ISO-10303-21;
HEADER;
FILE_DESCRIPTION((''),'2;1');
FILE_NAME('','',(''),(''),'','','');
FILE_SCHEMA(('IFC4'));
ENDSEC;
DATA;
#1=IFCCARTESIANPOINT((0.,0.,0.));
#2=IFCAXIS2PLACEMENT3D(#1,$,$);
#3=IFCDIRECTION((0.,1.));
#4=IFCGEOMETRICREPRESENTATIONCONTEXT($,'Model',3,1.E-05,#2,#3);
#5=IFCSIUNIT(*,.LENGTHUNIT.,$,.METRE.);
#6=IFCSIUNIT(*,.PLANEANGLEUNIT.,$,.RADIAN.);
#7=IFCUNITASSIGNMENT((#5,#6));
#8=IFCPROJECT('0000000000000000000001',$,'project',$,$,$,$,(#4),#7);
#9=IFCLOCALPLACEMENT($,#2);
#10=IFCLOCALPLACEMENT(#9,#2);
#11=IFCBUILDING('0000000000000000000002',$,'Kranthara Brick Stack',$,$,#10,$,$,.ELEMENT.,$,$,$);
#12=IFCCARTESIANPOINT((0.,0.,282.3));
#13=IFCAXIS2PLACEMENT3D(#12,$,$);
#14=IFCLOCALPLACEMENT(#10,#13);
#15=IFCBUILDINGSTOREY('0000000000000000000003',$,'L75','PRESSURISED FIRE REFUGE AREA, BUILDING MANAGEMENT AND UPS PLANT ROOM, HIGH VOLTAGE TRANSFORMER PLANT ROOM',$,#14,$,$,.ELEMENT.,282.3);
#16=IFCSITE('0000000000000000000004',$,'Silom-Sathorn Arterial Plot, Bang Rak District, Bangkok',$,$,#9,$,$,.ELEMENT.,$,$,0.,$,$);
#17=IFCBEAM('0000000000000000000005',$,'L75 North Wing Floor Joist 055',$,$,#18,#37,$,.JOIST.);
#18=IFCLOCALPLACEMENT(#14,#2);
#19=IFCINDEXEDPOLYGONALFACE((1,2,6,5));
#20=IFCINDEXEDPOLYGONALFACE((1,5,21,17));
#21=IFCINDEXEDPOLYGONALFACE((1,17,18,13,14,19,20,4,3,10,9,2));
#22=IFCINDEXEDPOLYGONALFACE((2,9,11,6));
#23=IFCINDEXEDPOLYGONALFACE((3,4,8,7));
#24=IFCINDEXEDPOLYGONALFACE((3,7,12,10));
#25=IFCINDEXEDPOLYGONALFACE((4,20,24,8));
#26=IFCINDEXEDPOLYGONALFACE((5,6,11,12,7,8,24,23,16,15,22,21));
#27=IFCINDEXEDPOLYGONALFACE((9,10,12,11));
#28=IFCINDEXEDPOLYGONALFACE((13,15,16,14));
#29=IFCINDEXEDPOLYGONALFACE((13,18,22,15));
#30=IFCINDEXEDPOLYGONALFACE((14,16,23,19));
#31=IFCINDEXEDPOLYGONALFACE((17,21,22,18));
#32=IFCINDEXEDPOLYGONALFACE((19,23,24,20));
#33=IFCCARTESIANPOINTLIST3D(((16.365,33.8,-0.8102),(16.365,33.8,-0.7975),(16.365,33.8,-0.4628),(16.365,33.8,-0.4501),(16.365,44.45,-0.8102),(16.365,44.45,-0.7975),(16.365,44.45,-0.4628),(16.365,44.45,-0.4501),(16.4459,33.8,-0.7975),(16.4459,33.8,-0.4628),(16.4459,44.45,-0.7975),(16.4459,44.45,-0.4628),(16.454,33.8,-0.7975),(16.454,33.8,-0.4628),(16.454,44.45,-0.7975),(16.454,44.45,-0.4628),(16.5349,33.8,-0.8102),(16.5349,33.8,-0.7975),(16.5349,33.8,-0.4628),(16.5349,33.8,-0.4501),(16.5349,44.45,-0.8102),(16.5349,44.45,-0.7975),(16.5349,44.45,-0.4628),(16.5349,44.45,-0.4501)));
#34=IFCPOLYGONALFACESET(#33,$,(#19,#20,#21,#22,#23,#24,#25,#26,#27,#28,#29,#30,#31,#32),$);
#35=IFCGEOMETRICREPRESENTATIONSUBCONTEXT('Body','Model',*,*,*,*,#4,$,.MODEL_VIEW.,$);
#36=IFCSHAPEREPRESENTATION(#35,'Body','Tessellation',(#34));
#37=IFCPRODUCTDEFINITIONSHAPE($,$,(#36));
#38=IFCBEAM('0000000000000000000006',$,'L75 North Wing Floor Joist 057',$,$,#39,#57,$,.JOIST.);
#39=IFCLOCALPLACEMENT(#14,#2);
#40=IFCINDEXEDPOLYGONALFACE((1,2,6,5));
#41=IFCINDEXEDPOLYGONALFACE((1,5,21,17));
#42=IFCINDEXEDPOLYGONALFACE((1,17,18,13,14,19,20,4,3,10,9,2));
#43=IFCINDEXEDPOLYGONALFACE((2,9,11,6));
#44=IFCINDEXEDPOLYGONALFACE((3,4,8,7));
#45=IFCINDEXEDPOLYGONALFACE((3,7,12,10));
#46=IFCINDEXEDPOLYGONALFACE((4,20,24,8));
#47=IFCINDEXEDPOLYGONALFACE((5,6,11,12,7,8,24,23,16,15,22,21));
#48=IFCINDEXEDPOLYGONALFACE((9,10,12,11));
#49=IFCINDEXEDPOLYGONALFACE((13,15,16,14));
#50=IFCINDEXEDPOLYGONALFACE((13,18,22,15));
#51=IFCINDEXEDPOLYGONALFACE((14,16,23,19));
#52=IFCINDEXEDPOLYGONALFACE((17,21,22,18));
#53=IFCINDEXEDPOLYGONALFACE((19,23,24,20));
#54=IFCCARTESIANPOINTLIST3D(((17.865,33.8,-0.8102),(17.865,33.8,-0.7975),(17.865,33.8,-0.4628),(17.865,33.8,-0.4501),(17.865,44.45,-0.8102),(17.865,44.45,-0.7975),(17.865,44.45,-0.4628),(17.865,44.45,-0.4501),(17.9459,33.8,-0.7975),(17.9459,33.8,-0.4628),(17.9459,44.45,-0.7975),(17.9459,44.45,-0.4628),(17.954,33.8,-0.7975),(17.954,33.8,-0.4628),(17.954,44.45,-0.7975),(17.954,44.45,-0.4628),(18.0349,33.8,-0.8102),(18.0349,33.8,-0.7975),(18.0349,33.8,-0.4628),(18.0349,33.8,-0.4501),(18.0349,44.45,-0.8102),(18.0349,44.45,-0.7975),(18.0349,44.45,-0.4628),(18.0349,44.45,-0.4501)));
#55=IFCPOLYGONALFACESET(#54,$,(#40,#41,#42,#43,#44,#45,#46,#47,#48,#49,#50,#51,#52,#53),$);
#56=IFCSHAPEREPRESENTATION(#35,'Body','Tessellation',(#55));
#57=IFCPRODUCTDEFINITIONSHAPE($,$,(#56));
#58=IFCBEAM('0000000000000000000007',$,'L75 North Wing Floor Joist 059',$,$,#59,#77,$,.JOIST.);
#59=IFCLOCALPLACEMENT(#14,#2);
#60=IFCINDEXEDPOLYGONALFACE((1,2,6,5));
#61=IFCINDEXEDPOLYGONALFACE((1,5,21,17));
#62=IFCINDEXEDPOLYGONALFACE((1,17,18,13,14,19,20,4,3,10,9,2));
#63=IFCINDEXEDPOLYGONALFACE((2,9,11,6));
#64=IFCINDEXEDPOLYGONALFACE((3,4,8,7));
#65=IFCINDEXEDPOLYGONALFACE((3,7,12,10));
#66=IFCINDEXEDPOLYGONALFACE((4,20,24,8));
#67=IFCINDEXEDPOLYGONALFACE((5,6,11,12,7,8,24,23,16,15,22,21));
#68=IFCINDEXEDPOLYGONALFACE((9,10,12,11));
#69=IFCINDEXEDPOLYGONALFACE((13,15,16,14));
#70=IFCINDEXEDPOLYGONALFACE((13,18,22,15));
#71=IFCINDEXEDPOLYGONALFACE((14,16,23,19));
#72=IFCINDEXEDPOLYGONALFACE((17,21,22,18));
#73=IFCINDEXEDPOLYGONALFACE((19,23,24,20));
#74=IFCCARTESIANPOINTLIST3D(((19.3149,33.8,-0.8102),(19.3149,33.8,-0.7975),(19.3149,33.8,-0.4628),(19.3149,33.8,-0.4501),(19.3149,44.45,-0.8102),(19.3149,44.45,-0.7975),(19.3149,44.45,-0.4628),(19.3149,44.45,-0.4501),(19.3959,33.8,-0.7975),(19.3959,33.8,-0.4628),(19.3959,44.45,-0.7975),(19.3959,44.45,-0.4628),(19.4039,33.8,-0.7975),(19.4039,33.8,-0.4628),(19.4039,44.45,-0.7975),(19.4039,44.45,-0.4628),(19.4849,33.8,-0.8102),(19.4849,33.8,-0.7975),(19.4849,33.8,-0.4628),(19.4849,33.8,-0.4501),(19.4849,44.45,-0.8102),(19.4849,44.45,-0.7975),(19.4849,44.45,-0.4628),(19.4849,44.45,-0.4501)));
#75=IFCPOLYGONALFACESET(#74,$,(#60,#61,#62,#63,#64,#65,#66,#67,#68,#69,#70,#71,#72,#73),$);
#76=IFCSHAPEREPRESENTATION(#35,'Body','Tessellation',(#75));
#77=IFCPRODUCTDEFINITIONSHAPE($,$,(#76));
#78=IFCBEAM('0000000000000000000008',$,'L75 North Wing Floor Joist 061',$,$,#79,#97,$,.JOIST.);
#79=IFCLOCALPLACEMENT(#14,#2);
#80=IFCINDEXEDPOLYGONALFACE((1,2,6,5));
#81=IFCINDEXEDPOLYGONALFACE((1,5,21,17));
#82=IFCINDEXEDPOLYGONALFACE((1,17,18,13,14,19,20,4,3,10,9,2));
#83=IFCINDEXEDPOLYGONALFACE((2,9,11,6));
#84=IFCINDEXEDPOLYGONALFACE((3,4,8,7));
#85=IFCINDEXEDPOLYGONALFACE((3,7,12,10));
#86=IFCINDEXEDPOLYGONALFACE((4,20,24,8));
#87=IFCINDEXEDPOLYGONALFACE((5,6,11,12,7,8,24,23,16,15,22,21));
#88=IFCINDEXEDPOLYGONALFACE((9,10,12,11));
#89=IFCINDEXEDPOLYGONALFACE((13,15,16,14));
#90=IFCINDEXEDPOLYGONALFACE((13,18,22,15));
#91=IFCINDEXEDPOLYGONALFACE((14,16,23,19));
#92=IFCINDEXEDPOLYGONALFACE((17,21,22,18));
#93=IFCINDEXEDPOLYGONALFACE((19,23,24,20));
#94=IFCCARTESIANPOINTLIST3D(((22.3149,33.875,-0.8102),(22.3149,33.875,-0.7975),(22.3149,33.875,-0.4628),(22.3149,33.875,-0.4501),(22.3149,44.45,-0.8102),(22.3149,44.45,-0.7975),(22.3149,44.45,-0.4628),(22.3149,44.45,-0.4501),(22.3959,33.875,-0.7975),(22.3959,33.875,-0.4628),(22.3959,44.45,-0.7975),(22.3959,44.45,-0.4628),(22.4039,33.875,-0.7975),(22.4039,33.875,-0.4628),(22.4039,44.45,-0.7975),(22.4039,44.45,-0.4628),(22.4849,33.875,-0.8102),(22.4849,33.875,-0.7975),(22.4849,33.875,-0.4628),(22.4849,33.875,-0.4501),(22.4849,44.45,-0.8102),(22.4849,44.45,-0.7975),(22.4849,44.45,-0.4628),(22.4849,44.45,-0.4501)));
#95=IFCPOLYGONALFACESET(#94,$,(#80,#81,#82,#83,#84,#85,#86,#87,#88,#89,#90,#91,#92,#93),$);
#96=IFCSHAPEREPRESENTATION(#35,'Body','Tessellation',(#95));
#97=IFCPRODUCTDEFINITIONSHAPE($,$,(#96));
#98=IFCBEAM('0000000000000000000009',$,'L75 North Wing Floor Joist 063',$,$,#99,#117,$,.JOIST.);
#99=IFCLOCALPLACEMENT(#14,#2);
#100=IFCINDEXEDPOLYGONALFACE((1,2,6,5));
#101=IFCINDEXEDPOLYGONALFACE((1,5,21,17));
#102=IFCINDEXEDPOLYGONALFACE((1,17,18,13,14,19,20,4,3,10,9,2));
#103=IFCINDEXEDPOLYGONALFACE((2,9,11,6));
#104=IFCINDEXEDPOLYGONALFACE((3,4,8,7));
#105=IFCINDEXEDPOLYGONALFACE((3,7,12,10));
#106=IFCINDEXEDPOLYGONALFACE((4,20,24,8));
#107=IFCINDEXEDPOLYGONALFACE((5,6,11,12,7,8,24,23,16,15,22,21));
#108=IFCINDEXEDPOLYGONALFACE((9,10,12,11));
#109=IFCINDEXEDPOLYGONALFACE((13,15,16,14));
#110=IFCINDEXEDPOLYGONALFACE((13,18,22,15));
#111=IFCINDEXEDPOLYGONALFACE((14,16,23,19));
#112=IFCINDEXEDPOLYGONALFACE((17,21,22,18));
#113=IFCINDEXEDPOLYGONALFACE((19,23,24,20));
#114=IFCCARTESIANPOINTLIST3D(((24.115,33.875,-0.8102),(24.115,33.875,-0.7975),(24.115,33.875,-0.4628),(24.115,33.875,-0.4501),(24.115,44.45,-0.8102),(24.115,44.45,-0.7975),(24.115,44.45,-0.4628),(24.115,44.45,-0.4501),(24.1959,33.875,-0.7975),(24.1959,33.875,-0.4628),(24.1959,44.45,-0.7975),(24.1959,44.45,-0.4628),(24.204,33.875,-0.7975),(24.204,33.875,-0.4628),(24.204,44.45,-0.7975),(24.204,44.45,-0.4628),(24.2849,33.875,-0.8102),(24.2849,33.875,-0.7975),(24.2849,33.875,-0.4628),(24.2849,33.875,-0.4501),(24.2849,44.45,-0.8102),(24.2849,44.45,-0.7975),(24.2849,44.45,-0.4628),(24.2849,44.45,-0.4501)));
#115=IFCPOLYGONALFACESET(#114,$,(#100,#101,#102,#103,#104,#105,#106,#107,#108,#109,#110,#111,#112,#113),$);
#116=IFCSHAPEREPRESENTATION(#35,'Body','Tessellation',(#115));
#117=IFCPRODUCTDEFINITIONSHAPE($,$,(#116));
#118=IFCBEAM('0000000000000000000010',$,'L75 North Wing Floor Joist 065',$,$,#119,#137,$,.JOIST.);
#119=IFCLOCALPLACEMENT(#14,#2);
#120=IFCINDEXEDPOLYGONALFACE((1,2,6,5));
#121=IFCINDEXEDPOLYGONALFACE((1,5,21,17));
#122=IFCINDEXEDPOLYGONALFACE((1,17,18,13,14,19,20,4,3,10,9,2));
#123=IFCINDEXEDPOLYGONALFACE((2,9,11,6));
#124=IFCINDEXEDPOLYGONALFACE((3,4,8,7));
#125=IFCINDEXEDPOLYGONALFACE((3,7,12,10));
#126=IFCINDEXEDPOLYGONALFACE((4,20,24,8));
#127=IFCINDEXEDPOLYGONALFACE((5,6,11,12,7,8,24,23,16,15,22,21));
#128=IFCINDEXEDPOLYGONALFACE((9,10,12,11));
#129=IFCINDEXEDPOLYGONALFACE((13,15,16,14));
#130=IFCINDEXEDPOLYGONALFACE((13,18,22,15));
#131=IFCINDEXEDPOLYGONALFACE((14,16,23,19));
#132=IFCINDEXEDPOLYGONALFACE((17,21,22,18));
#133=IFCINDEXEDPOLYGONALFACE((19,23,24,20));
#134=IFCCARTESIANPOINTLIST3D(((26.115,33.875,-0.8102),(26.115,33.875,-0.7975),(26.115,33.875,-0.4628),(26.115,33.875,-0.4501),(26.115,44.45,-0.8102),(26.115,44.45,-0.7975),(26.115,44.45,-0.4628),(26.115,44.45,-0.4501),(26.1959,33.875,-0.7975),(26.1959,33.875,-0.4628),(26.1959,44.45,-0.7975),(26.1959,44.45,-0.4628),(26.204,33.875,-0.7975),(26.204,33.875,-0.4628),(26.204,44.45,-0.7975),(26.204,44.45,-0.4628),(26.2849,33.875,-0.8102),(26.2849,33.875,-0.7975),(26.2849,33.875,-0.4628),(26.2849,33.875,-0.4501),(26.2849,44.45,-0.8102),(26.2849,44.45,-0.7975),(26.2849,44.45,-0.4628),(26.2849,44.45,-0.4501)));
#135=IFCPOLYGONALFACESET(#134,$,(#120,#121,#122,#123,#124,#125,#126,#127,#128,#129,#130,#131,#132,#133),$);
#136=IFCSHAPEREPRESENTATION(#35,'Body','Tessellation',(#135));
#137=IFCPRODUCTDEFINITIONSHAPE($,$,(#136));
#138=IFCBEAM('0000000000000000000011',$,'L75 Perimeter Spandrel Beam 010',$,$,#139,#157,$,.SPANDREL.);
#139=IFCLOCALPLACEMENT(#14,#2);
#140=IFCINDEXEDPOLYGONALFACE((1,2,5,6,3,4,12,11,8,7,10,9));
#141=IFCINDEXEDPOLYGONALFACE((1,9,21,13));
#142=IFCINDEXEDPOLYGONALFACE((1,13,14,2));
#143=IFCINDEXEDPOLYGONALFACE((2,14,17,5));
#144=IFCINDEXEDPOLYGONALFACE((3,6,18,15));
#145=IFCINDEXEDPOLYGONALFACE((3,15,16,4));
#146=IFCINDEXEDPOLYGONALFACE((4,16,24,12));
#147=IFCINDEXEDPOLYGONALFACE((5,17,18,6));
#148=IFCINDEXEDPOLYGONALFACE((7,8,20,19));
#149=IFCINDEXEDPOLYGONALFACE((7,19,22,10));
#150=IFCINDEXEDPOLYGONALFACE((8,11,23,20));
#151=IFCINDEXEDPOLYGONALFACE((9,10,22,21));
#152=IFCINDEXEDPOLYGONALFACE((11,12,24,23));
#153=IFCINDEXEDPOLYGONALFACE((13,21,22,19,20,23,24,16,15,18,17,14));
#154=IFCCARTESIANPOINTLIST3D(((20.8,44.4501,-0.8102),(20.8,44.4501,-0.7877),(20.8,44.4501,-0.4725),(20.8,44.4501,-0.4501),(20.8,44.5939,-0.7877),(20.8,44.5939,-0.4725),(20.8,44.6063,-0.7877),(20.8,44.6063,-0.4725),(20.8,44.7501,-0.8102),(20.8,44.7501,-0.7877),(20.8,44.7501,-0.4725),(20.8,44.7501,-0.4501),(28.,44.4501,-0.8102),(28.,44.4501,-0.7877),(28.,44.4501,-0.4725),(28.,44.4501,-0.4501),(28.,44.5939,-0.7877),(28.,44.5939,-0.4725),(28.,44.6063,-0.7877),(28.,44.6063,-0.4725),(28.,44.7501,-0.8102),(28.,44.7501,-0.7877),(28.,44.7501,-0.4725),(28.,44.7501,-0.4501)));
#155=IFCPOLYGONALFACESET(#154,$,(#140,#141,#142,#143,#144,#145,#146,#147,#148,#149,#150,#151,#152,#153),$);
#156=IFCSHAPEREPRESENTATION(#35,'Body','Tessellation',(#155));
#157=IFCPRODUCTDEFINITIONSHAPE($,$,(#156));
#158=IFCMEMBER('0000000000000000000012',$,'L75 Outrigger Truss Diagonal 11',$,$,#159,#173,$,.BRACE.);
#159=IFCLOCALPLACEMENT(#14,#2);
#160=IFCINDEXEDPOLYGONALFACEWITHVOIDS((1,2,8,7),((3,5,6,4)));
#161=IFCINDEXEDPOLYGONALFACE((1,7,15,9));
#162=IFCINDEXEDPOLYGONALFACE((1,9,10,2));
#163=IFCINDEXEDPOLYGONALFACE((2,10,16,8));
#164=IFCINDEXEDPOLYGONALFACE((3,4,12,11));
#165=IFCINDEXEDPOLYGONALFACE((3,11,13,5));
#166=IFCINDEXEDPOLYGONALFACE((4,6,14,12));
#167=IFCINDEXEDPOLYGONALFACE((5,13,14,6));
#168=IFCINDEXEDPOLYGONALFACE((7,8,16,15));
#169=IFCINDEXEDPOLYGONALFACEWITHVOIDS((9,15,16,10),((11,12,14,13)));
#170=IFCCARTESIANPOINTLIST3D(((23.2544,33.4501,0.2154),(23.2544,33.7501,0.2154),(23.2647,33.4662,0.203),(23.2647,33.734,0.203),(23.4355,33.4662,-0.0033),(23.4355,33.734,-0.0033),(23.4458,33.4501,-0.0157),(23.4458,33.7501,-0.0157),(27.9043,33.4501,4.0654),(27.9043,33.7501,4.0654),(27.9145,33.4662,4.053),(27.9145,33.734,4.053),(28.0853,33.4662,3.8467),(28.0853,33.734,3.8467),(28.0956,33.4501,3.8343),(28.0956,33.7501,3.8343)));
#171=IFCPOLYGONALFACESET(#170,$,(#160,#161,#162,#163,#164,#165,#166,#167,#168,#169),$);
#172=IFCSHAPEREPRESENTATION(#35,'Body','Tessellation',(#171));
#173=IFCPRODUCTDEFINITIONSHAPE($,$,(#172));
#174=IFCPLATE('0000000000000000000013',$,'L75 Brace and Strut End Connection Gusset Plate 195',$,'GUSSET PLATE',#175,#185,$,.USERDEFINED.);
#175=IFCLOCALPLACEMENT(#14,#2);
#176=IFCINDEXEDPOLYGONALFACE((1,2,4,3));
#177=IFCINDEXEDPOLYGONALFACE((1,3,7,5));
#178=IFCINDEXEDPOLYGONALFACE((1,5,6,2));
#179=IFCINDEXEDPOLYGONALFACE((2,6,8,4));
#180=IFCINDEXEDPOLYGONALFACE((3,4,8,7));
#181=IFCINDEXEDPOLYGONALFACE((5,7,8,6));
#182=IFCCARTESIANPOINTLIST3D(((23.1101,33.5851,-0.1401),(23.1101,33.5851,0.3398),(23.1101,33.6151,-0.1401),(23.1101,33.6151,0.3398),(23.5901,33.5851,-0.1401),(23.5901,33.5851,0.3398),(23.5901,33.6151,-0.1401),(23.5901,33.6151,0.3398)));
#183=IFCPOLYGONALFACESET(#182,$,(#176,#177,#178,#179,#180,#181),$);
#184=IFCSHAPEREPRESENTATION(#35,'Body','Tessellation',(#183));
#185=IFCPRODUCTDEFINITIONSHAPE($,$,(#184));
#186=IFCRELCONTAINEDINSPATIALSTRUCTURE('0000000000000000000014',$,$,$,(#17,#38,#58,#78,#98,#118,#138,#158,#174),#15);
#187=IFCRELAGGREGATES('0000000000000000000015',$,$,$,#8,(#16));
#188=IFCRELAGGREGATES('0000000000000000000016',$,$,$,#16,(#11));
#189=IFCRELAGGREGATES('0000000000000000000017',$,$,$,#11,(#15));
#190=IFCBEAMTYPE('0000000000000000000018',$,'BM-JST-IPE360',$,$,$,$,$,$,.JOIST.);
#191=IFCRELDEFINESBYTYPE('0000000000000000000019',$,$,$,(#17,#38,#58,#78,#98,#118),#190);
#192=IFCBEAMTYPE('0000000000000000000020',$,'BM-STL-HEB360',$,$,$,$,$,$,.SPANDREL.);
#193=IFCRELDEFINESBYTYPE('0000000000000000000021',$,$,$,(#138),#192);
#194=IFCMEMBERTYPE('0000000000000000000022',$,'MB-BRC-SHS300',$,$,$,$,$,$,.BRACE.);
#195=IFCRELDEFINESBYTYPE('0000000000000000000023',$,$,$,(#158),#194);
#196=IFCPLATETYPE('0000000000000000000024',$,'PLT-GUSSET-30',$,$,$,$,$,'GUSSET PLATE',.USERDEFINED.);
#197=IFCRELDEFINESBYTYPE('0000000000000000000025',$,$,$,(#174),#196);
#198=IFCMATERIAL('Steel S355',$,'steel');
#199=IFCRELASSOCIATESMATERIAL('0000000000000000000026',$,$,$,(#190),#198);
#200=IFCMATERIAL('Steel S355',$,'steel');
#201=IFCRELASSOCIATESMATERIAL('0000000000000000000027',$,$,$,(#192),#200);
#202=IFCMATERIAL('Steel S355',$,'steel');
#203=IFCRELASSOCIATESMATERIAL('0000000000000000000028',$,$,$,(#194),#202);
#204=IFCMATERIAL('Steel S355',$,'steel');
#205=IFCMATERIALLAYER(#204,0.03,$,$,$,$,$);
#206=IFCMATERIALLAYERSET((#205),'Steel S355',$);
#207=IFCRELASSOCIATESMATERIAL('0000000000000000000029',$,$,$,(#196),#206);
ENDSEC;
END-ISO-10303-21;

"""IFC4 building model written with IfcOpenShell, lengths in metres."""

from ifc_helpers import new_model, si_unit, direction, frame, origin, origin_2d, place, context, subcontext, project, spatial, rectangle, hollow_rectangle, i_section, extrude, material, layer, layer_set, material_profile, profile_set, type_object, element, save


model = new_model("IFC4")

# Units and contexts
model_context = context("Model", 3, precision=1e-05, world=origin(), true_north=direction((0.0, 1.0)))
body_context = subcontext(model_context, "Body", "Model", "MODEL_VIEW")
ifc_project = project(units=[si_unit("LENGTHUNIT", "METRE"), si_unit("PLANEANGLEUNIT", "RADIAN")], contexts=[model_context])

# Site, building, storey
site_placement = place(None, origin())
site = spatial("IfcSite", under=ifc_project, at=site_placement, Name="Silom-Sathorn Arterial Plot, Bang Rak District, Bangkok", CompositionType="ELEMENT", RefElevation=0.0)
building_placement = place(site_placement, origin())
building = spatial("IfcBuilding", under=site, at=building_placement, Name="Kranthara Brick Stack", CompositionType="ELEMENT")
storey_placement = place(building_placement, frame((0.0, 0.0, 282.3)))
storey = spatial("IfcBuildingStorey", under=building, at=storey_placement, Name="L75", Description="PRESSURISED FIRE REFUGE AREA, BUILDING MANAGEMENT AND UPS PLANT ROOM, HIGH VOLTAGE TRANSFORMER PLANT ROOM", CompositionType="ELEMENT", Elevation=282.3)

# Beams
ifc_material_1 = material(Name="Steel S355", Category="steel")
ifc_material_profile_1 = material_profile(ifc_material_1, i_section(OverallWidth=0.1699, OverallDepth=0.3601, WebThickness=0.0081, FlangeThickness=0.0127, at=origin_2d()), Name="IPE 360")
ifc_profile_set_1 = profile_set([ifc_material_profile_1], Name="Steel S355")
beam_type_1 = type_object("IfcBeamType", Name="BM-JST-IPE360", PredefinedType="JOIST", material=ifc_profile_set_1)
for number, where, z_axis, x_axis, name in (
    (1, (16.45, 33.8, -0.6301), (0.0, 1.0, 0.0), (-1.0, 0.0, 0.0), "L75 North Wing Floor Joist 055"),
    (2, (17.95, 33.8, -0.6301), (0.0, 1.0, 0.0), (-1.0, 0.0, 0.0), "L75 North Wing Floor Joist 057"),
    (3, (19.3999, 33.8, -0.6301), (0.0, 1.0, 0.0), (-1.0, 0.0, 0.0), "L75 North Wing Floor Joist 059"),
):
    element("IfcBeam", number, at=place(storey_placement, frame(where, z_axis=z_axis, x_axis=x_axis)), inside=storey, type_object=beam_type_1, Name=name, PredefinedType="JOIST", context=body_context, shape_type="SweptSolid", body=[
        extrude(i_section(OverallWidth=0.1699, OverallDepth=0.3601, WebThickness=0.0081, FlangeThickness=0.0127, at=origin_2d()), origin(), (0.0, 0.0, 1.0), 10.6499),
    ])
for number, where, z_axis, x_axis, name in (
    (4, (22.3999, 33.875, -0.6301), (0.0, 1.0, 0.0), (-1.0, 0.0, 0.0), "L75 North Wing Floor Joist 061"),
    (5, (24.2, 33.875, -0.6301), (0.0, 1.0, 0.0), (-1.0, 0.0, 0.0), "L75 North Wing Floor Joist 063"),
    (6, (26.2, 33.875, -0.6301), (0.0, 1.0, 0.0), (-1.0, 0.0, 0.0), "L75 North Wing Floor Joist 065"),
):
    element("IfcBeam", number, at=place(storey_placement, frame(where, z_axis=z_axis, x_axis=x_axis)), inside=storey, type_object=beam_type_1, Name=name, PredefinedType="JOIST", context=body_context, shape_type="SweptSolid", body=[
        extrude(i_section(OverallWidth=0.1699, OverallDepth=0.3601, WebThickness=0.0081, FlangeThickness=0.0127, at=origin_2d()), origin(), (0.0, 0.0, 1.0), 10.575),
    ])
ifc_material_2 = material(Name="Steel S355", Category="steel")
ifc_material_profile_2 = material_profile(ifc_material_2, i_section(OverallWidth=0.3, OverallDepth=0.3601, WebThickness=0.0125, FlangeThickness=0.0225, at=origin_2d()), Name="HEB 360")
ifc_profile_set_2 = profile_set([ifc_material_profile_2], Name="Steel S355")
beam_type_2 = type_object("IfcBeamType", Name="BM-STL-HEB360", PredefinedType="SPANDREL", material=ifc_profile_set_2)
beam_1_placement = place(storey_placement, frame((20.8, 44.6001, -0.6301), z_axis=(1.0, 0.0, 0.0), x_axis=(0.0, 1.0, 0.0)))
element("IfcBeam", 7, at=beam_1_placement, inside=storey, type_object=beam_type_2, Name="L75 Perimeter Spandrel Beam 010", PredefinedType="SPANDREL", context=body_context, shape_type="SweptSolid", body=[
    extrude(i_section(OverallWidth=0.3, OverallDepth=0.3601, WebThickness=0.0125, FlangeThickness=0.0225, at=origin_2d()), origin(), (0.0, 0.0, 1.0), 7.2),
])

# Member
ifc_material_3 = material(Name="Steel S355", Category="steel")
ifc_material_profile_3 = material_profile(ifc_material_3, hollow_rectangle(XDim=0.3, YDim=0.3, WallThickness=0.0161, at=origin_2d()), Name="SHS 300x300x16")
ifc_profile_set_3 = profile_set([ifc_material_profile_3], Name="Steel S355")
member_type = type_object("IfcMemberType", Name="MB-BRC-SHS300", PredefinedType="BRACE", material=ifc_profile_set_3)
member_placement = place(storey_placement, frame((23.3501, 33.6001, 0.0999), z_axis=(0.770239, 0.0, 0.637755), x_axis=(0.0, 1.0, 0.0)))
element("IfcMember", 8, at=member_placement, inside=storey, type_object=member_type, Name="L75 Outrigger Truss Diagonal 11", PredefinedType="BRACE", context=body_context, shape_type="SweptSolid", body=[
    extrude(hollow_rectangle(XDim=0.3, YDim=0.3, WallThickness=0.0161, at=origin_2d()), origin(), (0.0, 0.0, 1.0), 6.0369),
])

# Plate
ifc_material_4 = material(Name="Steel S355", Category="steel")
ifc_layer_1 = layer(ifc_material_4, 0.03)
ifc_layer_set_1 = layer_set([ifc_layer_1], Name="Steel S355")
plate_type = type_object("IfcPlateType", Name="PLT-GUSSET-30", ElementType="GUSSET PLATE", PredefinedType="USERDEFINED", material=ifc_layer_set_1)
plate_placement = place(storey_placement, frame((23.3501, 33.6001, -0.1401), z_axis=(0.0, 0.0, 1.0), x_axis=(1.0, 0.0, 0.0)))
element("IfcPlate", 9, at=plate_placement, inside=storey, type_object=plate_type, Name="L75 Brace and Strut End Connection Gusset Plate 195", ObjectType="GUSSET PLATE", PredefinedType="USERDEFINED", context=body_context, shape_type="SweptSolid", body=[
    extrude(rectangle(XDim=0.48, YDim=0.03, at=origin_2d()), origin(), (0.0, 0.0, 1.0), 0.48),
])

save(model, "model.ifc")
